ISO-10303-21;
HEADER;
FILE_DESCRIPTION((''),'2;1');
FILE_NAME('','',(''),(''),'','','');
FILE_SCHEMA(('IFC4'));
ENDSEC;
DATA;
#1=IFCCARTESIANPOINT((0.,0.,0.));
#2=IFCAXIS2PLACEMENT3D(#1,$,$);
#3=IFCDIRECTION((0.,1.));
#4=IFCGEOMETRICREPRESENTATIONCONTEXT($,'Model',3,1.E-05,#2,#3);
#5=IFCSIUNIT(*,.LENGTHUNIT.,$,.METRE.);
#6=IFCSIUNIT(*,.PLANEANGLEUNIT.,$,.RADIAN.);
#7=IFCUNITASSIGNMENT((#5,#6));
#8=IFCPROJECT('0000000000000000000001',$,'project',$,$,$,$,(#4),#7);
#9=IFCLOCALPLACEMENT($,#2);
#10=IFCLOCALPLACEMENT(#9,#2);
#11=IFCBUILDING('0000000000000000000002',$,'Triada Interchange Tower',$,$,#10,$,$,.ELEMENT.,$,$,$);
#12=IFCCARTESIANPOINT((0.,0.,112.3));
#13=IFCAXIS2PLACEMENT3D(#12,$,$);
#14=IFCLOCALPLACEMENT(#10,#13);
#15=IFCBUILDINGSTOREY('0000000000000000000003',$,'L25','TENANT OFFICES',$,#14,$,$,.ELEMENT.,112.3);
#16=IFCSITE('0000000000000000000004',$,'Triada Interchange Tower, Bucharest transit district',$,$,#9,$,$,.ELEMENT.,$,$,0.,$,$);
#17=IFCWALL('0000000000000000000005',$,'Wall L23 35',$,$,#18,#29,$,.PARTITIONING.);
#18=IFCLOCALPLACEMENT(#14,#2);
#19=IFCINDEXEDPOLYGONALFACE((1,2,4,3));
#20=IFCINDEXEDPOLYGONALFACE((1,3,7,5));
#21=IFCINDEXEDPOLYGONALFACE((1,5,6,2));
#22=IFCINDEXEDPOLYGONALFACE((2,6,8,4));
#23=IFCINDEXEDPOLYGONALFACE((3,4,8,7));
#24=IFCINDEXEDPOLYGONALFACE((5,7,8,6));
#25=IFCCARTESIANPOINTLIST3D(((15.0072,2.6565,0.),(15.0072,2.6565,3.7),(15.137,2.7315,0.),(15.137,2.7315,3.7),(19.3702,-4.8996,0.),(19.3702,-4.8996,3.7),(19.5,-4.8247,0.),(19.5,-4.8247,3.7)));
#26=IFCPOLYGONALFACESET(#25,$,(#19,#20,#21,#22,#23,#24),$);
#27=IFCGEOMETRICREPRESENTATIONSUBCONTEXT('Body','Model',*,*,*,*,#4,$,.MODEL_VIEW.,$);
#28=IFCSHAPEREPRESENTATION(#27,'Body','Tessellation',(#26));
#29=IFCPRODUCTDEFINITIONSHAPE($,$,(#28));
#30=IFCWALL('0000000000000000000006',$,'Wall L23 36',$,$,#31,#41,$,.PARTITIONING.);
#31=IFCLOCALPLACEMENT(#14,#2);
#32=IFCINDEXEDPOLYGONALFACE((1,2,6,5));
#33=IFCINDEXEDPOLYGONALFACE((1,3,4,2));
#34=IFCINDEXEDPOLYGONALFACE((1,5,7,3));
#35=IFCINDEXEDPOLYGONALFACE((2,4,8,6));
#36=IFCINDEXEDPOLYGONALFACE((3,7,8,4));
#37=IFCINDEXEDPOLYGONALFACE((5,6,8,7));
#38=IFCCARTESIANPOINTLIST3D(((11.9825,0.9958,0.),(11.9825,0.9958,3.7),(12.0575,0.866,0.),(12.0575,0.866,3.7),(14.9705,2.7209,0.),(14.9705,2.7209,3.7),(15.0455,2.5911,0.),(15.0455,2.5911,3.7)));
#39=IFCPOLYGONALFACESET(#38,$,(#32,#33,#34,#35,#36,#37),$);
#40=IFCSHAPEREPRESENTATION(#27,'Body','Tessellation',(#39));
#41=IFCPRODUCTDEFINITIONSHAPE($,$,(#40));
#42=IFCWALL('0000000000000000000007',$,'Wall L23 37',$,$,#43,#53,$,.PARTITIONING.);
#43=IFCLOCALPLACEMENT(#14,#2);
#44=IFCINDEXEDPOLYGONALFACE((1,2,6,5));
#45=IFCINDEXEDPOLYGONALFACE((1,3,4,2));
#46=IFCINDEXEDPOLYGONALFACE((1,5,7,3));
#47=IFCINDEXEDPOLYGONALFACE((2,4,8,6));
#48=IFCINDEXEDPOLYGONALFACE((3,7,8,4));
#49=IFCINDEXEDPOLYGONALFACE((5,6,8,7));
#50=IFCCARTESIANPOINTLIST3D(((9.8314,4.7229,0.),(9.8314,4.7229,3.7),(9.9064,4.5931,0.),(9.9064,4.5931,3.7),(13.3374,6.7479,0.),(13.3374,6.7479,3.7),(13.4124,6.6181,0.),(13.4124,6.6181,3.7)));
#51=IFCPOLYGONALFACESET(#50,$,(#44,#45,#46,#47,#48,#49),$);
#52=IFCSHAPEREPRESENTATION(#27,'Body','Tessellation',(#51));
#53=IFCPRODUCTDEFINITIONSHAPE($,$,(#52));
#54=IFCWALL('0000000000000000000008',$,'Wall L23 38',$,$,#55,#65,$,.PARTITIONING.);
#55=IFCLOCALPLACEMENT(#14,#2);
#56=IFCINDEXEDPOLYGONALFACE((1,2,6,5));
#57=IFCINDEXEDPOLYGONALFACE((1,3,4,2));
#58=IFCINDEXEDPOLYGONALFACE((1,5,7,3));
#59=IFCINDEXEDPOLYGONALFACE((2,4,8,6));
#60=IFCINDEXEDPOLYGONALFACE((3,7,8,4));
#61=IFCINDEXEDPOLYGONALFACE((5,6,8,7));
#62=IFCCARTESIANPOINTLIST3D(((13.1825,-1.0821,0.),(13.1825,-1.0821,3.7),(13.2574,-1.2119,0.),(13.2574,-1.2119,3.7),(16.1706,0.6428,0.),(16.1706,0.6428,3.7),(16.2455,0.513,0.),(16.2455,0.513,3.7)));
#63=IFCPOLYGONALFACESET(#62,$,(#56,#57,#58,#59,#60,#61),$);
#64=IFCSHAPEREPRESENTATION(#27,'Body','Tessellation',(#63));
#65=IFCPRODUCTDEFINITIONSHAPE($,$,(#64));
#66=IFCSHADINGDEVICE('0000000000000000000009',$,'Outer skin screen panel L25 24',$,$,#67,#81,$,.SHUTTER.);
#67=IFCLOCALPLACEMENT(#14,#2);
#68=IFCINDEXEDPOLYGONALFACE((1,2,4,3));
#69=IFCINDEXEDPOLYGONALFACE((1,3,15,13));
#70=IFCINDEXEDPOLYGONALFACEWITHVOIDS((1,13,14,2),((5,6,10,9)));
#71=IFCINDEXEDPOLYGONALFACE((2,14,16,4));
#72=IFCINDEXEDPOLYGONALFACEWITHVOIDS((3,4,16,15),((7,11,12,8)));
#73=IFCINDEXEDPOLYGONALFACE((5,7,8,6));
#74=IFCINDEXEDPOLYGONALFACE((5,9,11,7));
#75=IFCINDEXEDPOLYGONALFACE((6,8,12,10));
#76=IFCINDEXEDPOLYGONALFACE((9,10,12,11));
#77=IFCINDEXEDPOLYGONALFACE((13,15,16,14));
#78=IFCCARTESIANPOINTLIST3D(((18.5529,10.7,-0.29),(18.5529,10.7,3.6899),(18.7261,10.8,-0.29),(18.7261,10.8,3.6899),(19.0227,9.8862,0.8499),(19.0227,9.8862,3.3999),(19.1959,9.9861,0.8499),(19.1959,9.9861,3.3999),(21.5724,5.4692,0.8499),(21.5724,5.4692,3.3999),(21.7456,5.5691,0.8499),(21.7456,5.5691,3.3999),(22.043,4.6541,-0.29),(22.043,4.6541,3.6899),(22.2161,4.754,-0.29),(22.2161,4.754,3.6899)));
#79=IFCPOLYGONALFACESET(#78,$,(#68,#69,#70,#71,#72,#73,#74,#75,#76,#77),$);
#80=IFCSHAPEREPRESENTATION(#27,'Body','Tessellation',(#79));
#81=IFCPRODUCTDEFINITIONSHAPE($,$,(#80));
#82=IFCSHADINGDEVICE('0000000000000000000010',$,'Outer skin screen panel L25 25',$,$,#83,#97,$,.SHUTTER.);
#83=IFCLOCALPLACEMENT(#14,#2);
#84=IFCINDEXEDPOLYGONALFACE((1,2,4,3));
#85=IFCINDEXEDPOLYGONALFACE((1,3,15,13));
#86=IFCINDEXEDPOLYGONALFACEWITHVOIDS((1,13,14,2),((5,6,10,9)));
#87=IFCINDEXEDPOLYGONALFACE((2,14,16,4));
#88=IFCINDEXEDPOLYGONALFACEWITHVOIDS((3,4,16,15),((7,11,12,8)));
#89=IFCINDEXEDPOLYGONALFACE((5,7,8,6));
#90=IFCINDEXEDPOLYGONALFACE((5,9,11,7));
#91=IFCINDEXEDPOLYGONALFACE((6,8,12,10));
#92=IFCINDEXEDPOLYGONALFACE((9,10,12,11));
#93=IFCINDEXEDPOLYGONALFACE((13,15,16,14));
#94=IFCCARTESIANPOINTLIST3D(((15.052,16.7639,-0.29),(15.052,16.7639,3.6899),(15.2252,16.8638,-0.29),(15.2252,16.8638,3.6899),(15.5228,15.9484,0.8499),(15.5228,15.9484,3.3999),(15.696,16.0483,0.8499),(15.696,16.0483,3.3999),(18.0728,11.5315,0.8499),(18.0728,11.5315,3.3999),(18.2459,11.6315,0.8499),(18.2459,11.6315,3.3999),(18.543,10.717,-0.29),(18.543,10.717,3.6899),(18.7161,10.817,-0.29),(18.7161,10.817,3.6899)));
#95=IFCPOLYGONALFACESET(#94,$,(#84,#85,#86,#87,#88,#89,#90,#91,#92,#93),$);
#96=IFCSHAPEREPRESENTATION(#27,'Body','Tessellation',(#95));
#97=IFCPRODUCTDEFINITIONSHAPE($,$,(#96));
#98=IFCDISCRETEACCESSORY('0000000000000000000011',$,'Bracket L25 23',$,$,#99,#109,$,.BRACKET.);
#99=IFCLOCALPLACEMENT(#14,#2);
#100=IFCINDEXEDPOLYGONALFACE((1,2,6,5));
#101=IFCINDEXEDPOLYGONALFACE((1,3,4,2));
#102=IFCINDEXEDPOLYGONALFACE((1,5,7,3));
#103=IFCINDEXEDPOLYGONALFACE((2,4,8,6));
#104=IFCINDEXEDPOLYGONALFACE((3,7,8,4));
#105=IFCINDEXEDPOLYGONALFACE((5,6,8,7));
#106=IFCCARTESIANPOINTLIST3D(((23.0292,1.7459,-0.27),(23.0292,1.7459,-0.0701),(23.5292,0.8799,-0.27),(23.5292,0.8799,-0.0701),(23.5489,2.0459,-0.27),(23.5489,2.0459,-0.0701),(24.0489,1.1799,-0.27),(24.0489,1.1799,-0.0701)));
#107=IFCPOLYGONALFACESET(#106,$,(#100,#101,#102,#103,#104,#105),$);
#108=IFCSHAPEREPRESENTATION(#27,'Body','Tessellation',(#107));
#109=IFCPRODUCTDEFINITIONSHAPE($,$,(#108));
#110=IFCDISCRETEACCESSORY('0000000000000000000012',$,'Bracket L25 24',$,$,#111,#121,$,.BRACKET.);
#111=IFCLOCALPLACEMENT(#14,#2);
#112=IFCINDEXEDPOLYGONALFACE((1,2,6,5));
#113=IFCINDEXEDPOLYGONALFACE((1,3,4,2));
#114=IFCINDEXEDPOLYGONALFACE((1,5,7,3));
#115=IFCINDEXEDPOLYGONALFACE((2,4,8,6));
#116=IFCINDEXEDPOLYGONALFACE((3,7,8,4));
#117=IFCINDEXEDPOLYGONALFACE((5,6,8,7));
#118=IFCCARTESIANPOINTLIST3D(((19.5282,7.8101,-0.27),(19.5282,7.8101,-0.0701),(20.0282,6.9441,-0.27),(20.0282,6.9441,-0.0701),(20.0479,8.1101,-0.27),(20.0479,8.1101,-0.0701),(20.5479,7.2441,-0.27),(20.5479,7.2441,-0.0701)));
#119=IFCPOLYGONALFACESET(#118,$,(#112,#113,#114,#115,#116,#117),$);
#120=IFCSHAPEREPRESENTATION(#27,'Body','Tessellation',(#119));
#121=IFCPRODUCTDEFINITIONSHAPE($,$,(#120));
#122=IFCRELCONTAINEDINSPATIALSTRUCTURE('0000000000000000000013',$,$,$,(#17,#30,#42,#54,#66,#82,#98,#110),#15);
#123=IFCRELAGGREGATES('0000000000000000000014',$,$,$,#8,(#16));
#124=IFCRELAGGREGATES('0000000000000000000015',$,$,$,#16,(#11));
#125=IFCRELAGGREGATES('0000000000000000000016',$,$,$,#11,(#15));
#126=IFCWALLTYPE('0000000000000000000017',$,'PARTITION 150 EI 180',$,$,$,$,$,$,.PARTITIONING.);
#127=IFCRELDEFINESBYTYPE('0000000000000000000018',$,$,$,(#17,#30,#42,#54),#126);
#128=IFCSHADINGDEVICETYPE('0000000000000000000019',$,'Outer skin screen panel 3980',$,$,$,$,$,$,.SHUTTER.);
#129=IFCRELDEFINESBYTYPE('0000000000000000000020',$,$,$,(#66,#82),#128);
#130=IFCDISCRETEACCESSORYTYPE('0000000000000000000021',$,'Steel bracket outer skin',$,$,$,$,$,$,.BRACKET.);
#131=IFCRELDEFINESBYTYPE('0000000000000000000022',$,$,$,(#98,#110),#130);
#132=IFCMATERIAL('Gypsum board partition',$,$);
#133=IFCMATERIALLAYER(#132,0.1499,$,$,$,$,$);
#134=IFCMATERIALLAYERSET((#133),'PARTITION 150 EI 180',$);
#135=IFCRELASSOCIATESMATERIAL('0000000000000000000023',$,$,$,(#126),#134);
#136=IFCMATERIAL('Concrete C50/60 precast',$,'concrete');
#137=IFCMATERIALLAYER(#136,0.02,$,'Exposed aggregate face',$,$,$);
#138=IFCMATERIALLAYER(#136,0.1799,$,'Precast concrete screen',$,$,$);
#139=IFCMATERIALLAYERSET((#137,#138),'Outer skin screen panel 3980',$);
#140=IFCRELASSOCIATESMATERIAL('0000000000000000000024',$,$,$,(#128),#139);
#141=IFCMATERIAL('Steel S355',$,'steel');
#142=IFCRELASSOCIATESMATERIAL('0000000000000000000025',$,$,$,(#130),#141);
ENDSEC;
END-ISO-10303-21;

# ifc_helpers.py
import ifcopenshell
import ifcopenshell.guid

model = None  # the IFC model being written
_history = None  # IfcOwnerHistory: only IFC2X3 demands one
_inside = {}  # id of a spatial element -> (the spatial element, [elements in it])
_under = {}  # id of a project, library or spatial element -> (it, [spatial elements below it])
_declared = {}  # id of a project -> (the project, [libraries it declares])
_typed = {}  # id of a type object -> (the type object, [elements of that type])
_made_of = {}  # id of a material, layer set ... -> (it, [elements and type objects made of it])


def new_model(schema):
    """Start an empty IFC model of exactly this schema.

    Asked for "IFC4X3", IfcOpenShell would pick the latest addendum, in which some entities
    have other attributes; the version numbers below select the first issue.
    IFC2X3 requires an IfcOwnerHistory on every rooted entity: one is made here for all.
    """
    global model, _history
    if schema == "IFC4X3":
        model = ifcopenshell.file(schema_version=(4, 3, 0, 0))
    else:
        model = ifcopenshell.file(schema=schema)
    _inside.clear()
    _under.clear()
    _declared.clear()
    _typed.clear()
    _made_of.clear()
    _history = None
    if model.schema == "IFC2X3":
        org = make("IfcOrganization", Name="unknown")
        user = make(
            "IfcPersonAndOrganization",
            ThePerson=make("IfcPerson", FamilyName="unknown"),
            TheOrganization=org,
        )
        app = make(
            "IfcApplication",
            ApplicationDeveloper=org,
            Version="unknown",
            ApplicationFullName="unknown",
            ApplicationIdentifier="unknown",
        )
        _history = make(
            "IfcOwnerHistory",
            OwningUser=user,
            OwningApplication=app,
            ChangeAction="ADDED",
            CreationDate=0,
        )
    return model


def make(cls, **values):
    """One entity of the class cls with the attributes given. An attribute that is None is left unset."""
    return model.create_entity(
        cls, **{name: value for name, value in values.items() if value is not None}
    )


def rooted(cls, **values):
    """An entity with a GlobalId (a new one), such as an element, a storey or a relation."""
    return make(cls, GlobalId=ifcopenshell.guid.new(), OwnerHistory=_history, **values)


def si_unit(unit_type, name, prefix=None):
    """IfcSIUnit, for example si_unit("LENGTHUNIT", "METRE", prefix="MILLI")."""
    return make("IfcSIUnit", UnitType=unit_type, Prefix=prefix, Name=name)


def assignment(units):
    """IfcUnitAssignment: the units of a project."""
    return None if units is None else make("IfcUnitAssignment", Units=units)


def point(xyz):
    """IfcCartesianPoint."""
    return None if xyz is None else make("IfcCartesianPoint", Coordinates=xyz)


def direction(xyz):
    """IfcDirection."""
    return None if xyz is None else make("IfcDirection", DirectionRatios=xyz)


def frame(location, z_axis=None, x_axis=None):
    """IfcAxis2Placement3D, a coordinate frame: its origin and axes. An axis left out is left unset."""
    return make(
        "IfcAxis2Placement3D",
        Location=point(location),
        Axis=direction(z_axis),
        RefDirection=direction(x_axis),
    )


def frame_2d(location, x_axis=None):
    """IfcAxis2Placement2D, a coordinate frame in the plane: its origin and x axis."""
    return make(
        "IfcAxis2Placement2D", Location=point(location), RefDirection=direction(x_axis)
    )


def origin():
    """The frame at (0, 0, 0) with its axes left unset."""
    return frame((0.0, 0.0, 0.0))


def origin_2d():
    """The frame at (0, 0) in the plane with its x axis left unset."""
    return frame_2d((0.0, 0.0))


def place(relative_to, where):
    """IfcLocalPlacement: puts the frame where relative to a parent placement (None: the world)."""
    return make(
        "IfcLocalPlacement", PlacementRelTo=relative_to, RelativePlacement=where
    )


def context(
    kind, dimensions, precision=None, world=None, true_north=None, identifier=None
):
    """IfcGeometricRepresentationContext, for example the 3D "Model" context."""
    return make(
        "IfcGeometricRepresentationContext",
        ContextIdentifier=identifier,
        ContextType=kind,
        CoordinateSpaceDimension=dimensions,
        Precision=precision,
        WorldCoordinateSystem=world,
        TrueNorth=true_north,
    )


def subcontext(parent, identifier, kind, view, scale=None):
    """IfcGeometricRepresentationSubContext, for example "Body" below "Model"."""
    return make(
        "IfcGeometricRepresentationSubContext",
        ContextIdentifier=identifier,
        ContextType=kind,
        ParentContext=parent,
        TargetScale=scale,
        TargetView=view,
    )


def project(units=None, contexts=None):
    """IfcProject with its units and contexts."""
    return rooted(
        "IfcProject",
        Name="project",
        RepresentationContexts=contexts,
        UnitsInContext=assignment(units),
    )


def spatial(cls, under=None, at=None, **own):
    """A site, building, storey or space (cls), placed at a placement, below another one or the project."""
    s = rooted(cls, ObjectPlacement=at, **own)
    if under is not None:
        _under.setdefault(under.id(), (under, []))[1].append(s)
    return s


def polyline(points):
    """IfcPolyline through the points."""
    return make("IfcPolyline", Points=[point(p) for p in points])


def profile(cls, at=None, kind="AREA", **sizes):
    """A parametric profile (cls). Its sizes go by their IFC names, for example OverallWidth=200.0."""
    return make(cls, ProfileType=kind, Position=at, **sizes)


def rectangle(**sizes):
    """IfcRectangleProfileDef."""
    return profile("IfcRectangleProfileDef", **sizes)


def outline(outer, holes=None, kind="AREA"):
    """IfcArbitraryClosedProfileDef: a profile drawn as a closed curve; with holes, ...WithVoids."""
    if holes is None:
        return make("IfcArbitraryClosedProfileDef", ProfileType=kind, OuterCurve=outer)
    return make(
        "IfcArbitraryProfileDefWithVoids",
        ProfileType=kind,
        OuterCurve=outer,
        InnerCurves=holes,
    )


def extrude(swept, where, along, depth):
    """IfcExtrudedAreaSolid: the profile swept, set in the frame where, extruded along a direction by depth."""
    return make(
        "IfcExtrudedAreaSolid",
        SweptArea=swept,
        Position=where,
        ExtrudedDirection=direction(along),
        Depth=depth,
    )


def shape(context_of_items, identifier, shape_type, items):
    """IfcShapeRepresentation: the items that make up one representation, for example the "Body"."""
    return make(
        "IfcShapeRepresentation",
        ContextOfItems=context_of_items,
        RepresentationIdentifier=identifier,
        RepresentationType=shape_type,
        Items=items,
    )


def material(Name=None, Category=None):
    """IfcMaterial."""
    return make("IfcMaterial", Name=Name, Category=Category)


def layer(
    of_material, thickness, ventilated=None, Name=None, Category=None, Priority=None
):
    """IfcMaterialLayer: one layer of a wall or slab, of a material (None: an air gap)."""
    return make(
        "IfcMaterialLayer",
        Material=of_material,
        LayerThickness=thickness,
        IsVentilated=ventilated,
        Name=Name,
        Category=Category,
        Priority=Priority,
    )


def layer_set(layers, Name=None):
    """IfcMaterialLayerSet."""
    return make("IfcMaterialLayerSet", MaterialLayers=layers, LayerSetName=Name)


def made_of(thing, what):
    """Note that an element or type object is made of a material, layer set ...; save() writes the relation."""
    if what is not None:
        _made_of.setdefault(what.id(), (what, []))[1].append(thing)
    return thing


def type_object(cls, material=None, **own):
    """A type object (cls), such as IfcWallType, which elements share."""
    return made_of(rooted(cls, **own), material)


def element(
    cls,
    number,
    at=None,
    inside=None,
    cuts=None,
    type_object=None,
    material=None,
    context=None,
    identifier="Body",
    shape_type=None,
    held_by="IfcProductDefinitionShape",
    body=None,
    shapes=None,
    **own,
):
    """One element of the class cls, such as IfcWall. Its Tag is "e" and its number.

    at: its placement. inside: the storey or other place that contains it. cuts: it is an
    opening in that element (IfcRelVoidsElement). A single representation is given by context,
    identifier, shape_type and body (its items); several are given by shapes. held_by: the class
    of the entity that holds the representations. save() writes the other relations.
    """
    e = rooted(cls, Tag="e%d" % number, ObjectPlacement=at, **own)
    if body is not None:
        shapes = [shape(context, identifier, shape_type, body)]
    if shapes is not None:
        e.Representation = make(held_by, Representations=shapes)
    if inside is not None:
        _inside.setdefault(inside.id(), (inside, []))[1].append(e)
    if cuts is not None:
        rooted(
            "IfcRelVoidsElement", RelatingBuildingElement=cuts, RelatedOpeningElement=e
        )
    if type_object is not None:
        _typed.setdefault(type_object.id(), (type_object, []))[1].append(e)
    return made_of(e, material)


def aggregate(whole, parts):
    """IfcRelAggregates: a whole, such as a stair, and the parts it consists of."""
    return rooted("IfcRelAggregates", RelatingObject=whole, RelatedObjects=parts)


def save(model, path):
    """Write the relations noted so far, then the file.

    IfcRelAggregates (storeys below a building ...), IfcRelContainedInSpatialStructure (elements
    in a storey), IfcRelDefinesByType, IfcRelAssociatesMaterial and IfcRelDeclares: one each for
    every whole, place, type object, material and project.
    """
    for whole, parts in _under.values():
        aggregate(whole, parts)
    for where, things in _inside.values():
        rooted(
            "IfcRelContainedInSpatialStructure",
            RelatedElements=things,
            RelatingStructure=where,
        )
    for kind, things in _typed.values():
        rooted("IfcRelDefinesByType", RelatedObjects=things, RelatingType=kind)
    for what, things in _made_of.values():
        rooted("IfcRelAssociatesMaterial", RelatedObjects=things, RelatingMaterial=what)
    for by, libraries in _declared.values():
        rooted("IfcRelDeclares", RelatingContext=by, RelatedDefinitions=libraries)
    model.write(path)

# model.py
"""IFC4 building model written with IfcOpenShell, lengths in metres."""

from ifc_helpers import new_model, si_unit, direction, frame, frame_2d, origin, origin_2d, place, context, subcontext, project, spatial, polyline, rectangle, outline, extrude, material, layer, layer_set, type_object, element, save


model = new_model("IFC4")

# Units and contexts
model_context = context("Model", 3, precision=1e-05, world=origin(), true_north=direction((0.0, 1.0)))
body_context = subcontext(model_context, "Body", "Model", "MODEL_VIEW")
ifc_project = project(units=[si_unit("LENGTHUNIT", "METRE"), si_unit("PLANEANGLEUNIT", "RADIAN")], contexts=[model_context])

# Site, building, storey
site_placement = place(None, origin())
site = spatial("IfcSite", under=ifc_project, at=site_placement, Name="Triada Interchange Tower, Bucharest transit district", CompositionType="ELEMENT", RefElevation=0.0)
building_placement = place(site_placement, origin())
building = spatial("IfcBuilding", under=site, at=building_placement, Name="Triada Interchange Tower", CompositionType="ELEMENT")
storey_placement = place(building_placement, frame((0.0, 0.0, 112.3)))
storey = spatial("IfcBuildingStorey", under=building, at=storey_placement, Name="L25", Description="TENANT OFFICES", CompositionType="ELEMENT", Elevation=112.3)

# Shared definitions
ifc_material_1 = material(Name="Gypsum board partition")
ifc_layer_1 = layer(ifc_material_1, 0.1499)
ifc_layer_set_1 = layer_set([ifc_layer_1], Name="PARTITION 150 EI 180")
wall_type = type_object("IfcWallType", Name="PARTITION 150 EI 180", PredefinedType="PARTITIONING", material=ifc_layer_set_1)

# Walls
wall_1_placement = place(storey_placement, frame((15.072, 2.6941, 0.0), z_axis=(0.0, 0.0, 1.0), x_axis=(0.500042, -0.866001, 0.0)))
element("IfcWall", 1, at=wall_1_placement, inside=storey, type_object=wall_type, Name="Wall L23 35", PredefinedType="PARTITIONING", context=body_context, shape_type="SweptSolid", body=[
    extrude(rectangle(XDim=8.7253, YDim=0.1499, at=frame_2d((4.3628, 0.0))), origin(), (0.0, 0.0, 1.0), 3.7),
])
wall_2_placement = place(storey_placement, frame((12.02, 0.9309, 0.0), z_axis=(0.0, 0.0, 1.0), x_axis=(0.866031, 0.49999, 0.0)))
element("IfcWall", 2, at=wall_2_placement, inside=storey, type_object=wall_type, Name="Wall L23 36", PredefinedType="PARTITIONING", context=body_context, shape_type="SweptSolid", body=[
    extrude(rectangle(XDim=3.4502, YDim=0.1499, at=frame_2d((1.7251, 0.0))), origin(), (0.0, 0.0, 1.0), 3.7),
])
wall_3_placement = place(storey_placement, frame((9.8689, 4.658, 0.0), z_axis=(0.0, 0.0, 1.0), x_axis=(0.865929, 0.500166, 0.0)))
element("IfcWall", 3, at=wall_3_placement, inside=storey, type_object=wall_type, Name="Wall L23 37", PredefinedType="PARTITIONING", context=body_context, shape_type="SweptSolid", body=[
    extrude(rectangle(XDim=4.0488, YDim=0.1499, at=frame_2d((2.0244, 0.0))), origin(), (0.0, 0.0, 1.0), 3.7),
])
wall_4_placement = place(storey_placement, frame((13.22, -1.147, 0.0), z_axis=(0.0, 0.0, 1.0), x_axis=(0.866062, 0.499937, 0.0)))
element("IfcWall", 4, at=wall_4_placement, inside=storey, type_object=wall_type, Name="Wall L23 38", PredefinedType="PARTITIONING", context=body_context, shape_type="SweptSolid", body=[
    extrude(rectangle(XDim=3.4502, YDim=0.1499, at=frame_2d((1.7251, 0.0))), origin(), (0.0, 0.0, 1.0), 3.7),
])

# Shading devices
ifc_material_2 = material(Name="Concrete C50/60 precast", Category="concrete")
ifc_layer_2 = layer(ifc_material_2, 0.02, Name="Exposed aggregate face")
ifc_layer_3 = layer(ifc_material_2, 0.1799, Name="Precast concrete screen")
ifc_layer_set_2 = layer_set([ifc_layer_2, ifc_layer_3], Name="Outer skin screen panel 3980")
shading_device_type = type_object("IfcShadingDeviceType", Name="Outer skin screen panel 3980", PredefinedType="SHUTTER", material=ifc_layer_set_2)
shading_device_1_placement = place(storey_placement, frame((22.043, 4.6541, -0.29), z_axis=(0.0, 0.0, 1.0), x_axis=(-0.499934, 0.866063, 0.0)))
element("IfcShadingDevice", 5, at=shading_device_1_placement, inside=storey, type_object=shading_device_type, Name="Outer skin screen panel L25 24", PredefinedType="SHUTTER", context=body_context, shape_type="SweptSolid", body=[
    extrude(outline(polyline([(0.0, 0.0), (6.981, 0.0), (6.981, 3.98), (0.0, 3.98), (0.0, 0.0)]), holes=[polyline([(0.9412, 1.1399), (0.9412, 3.6899), (6.0413, 3.6899), (6.0413, 1.1399), (0.9412, 1.1399)])]), frame((0.0, 0.0, 0.0), z_axis=(0.0, -1.0, 0.0), x_axis=(1.0, 0.0, 0.0)), (0.0, 0.0, 1.0), 0.2),
])
shading_device_2_placement = place(storey_placement, frame((18.543, 10.717, -0.29), z_axis=(0.0, 0.0, 1.0), x_axis=(-0.499979, 0.866038, 0.0)))
element("IfcShadingDevice", 6, at=shading_device_2_placement, inside=storey, type_object=shading_device_type, Name="Outer skin screen panel L25 25", PredefinedType="SHUTTER", context=body_context, shape_type="SweptSolid", body=[
    extrude(outline(polyline([(0.0, 0.0), (6.9822, 0.0), (6.9822, 3.98), (0.0, 3.98), (0.0, 0.0)]), holes=[polyline([(0.9404, 1.1399), (0.9404, 3.6899), (6.0405, 3.6899), (6.0405, 1.1399), (0.9404, 1.1399)])]), frame((0.0, 0.0, 0.0), z_axis=(0.0, -1.0, 0.0), x_axis=(1.0, 0.0, 0.0)), (0.0, 0.0, 1.0), 0.2),
])

# Discrete accessories
ifc_material_3 = material(Name="Steel S355", Category="steel")
discrete_accessory_type = type_object("IfcDiscreteAccessoryType", Name="Steel bracket outer skin", PredefinedType="BRACKET", material=ifc_material_3)
for number, where, z_axis, x_axis, name in (
    (7, (23.5391, 1.4629, -0.27), (0.0, 0.0, 1.0), (0.866022, 0.500006, 0.0), "Bracket L25 23"),
    (8, (20.0381, 7.5271, -0.27), (0.0, 0.0, 1.0), (0.866022, 0.500006, 0.0), "Bracket L25 24"),
):
    element("IfcDiscreteAccessory", number, at=place(storey_placement, frame(where, z_axis=z_axis, x_axis=x_axis)), inside=storey, type_object=discrete_accessory_type, Name=name, PredefinedType="BRACKET", context=body_context, shape_type="SweptSolid", body=[
        extrude(rectangle(XDim=0.6001, YDim=1.0, at=origin_2d()), origin(), (0.0, 0.0, 1.0), 0.2),
    ])

save(model, "model.ifc")
